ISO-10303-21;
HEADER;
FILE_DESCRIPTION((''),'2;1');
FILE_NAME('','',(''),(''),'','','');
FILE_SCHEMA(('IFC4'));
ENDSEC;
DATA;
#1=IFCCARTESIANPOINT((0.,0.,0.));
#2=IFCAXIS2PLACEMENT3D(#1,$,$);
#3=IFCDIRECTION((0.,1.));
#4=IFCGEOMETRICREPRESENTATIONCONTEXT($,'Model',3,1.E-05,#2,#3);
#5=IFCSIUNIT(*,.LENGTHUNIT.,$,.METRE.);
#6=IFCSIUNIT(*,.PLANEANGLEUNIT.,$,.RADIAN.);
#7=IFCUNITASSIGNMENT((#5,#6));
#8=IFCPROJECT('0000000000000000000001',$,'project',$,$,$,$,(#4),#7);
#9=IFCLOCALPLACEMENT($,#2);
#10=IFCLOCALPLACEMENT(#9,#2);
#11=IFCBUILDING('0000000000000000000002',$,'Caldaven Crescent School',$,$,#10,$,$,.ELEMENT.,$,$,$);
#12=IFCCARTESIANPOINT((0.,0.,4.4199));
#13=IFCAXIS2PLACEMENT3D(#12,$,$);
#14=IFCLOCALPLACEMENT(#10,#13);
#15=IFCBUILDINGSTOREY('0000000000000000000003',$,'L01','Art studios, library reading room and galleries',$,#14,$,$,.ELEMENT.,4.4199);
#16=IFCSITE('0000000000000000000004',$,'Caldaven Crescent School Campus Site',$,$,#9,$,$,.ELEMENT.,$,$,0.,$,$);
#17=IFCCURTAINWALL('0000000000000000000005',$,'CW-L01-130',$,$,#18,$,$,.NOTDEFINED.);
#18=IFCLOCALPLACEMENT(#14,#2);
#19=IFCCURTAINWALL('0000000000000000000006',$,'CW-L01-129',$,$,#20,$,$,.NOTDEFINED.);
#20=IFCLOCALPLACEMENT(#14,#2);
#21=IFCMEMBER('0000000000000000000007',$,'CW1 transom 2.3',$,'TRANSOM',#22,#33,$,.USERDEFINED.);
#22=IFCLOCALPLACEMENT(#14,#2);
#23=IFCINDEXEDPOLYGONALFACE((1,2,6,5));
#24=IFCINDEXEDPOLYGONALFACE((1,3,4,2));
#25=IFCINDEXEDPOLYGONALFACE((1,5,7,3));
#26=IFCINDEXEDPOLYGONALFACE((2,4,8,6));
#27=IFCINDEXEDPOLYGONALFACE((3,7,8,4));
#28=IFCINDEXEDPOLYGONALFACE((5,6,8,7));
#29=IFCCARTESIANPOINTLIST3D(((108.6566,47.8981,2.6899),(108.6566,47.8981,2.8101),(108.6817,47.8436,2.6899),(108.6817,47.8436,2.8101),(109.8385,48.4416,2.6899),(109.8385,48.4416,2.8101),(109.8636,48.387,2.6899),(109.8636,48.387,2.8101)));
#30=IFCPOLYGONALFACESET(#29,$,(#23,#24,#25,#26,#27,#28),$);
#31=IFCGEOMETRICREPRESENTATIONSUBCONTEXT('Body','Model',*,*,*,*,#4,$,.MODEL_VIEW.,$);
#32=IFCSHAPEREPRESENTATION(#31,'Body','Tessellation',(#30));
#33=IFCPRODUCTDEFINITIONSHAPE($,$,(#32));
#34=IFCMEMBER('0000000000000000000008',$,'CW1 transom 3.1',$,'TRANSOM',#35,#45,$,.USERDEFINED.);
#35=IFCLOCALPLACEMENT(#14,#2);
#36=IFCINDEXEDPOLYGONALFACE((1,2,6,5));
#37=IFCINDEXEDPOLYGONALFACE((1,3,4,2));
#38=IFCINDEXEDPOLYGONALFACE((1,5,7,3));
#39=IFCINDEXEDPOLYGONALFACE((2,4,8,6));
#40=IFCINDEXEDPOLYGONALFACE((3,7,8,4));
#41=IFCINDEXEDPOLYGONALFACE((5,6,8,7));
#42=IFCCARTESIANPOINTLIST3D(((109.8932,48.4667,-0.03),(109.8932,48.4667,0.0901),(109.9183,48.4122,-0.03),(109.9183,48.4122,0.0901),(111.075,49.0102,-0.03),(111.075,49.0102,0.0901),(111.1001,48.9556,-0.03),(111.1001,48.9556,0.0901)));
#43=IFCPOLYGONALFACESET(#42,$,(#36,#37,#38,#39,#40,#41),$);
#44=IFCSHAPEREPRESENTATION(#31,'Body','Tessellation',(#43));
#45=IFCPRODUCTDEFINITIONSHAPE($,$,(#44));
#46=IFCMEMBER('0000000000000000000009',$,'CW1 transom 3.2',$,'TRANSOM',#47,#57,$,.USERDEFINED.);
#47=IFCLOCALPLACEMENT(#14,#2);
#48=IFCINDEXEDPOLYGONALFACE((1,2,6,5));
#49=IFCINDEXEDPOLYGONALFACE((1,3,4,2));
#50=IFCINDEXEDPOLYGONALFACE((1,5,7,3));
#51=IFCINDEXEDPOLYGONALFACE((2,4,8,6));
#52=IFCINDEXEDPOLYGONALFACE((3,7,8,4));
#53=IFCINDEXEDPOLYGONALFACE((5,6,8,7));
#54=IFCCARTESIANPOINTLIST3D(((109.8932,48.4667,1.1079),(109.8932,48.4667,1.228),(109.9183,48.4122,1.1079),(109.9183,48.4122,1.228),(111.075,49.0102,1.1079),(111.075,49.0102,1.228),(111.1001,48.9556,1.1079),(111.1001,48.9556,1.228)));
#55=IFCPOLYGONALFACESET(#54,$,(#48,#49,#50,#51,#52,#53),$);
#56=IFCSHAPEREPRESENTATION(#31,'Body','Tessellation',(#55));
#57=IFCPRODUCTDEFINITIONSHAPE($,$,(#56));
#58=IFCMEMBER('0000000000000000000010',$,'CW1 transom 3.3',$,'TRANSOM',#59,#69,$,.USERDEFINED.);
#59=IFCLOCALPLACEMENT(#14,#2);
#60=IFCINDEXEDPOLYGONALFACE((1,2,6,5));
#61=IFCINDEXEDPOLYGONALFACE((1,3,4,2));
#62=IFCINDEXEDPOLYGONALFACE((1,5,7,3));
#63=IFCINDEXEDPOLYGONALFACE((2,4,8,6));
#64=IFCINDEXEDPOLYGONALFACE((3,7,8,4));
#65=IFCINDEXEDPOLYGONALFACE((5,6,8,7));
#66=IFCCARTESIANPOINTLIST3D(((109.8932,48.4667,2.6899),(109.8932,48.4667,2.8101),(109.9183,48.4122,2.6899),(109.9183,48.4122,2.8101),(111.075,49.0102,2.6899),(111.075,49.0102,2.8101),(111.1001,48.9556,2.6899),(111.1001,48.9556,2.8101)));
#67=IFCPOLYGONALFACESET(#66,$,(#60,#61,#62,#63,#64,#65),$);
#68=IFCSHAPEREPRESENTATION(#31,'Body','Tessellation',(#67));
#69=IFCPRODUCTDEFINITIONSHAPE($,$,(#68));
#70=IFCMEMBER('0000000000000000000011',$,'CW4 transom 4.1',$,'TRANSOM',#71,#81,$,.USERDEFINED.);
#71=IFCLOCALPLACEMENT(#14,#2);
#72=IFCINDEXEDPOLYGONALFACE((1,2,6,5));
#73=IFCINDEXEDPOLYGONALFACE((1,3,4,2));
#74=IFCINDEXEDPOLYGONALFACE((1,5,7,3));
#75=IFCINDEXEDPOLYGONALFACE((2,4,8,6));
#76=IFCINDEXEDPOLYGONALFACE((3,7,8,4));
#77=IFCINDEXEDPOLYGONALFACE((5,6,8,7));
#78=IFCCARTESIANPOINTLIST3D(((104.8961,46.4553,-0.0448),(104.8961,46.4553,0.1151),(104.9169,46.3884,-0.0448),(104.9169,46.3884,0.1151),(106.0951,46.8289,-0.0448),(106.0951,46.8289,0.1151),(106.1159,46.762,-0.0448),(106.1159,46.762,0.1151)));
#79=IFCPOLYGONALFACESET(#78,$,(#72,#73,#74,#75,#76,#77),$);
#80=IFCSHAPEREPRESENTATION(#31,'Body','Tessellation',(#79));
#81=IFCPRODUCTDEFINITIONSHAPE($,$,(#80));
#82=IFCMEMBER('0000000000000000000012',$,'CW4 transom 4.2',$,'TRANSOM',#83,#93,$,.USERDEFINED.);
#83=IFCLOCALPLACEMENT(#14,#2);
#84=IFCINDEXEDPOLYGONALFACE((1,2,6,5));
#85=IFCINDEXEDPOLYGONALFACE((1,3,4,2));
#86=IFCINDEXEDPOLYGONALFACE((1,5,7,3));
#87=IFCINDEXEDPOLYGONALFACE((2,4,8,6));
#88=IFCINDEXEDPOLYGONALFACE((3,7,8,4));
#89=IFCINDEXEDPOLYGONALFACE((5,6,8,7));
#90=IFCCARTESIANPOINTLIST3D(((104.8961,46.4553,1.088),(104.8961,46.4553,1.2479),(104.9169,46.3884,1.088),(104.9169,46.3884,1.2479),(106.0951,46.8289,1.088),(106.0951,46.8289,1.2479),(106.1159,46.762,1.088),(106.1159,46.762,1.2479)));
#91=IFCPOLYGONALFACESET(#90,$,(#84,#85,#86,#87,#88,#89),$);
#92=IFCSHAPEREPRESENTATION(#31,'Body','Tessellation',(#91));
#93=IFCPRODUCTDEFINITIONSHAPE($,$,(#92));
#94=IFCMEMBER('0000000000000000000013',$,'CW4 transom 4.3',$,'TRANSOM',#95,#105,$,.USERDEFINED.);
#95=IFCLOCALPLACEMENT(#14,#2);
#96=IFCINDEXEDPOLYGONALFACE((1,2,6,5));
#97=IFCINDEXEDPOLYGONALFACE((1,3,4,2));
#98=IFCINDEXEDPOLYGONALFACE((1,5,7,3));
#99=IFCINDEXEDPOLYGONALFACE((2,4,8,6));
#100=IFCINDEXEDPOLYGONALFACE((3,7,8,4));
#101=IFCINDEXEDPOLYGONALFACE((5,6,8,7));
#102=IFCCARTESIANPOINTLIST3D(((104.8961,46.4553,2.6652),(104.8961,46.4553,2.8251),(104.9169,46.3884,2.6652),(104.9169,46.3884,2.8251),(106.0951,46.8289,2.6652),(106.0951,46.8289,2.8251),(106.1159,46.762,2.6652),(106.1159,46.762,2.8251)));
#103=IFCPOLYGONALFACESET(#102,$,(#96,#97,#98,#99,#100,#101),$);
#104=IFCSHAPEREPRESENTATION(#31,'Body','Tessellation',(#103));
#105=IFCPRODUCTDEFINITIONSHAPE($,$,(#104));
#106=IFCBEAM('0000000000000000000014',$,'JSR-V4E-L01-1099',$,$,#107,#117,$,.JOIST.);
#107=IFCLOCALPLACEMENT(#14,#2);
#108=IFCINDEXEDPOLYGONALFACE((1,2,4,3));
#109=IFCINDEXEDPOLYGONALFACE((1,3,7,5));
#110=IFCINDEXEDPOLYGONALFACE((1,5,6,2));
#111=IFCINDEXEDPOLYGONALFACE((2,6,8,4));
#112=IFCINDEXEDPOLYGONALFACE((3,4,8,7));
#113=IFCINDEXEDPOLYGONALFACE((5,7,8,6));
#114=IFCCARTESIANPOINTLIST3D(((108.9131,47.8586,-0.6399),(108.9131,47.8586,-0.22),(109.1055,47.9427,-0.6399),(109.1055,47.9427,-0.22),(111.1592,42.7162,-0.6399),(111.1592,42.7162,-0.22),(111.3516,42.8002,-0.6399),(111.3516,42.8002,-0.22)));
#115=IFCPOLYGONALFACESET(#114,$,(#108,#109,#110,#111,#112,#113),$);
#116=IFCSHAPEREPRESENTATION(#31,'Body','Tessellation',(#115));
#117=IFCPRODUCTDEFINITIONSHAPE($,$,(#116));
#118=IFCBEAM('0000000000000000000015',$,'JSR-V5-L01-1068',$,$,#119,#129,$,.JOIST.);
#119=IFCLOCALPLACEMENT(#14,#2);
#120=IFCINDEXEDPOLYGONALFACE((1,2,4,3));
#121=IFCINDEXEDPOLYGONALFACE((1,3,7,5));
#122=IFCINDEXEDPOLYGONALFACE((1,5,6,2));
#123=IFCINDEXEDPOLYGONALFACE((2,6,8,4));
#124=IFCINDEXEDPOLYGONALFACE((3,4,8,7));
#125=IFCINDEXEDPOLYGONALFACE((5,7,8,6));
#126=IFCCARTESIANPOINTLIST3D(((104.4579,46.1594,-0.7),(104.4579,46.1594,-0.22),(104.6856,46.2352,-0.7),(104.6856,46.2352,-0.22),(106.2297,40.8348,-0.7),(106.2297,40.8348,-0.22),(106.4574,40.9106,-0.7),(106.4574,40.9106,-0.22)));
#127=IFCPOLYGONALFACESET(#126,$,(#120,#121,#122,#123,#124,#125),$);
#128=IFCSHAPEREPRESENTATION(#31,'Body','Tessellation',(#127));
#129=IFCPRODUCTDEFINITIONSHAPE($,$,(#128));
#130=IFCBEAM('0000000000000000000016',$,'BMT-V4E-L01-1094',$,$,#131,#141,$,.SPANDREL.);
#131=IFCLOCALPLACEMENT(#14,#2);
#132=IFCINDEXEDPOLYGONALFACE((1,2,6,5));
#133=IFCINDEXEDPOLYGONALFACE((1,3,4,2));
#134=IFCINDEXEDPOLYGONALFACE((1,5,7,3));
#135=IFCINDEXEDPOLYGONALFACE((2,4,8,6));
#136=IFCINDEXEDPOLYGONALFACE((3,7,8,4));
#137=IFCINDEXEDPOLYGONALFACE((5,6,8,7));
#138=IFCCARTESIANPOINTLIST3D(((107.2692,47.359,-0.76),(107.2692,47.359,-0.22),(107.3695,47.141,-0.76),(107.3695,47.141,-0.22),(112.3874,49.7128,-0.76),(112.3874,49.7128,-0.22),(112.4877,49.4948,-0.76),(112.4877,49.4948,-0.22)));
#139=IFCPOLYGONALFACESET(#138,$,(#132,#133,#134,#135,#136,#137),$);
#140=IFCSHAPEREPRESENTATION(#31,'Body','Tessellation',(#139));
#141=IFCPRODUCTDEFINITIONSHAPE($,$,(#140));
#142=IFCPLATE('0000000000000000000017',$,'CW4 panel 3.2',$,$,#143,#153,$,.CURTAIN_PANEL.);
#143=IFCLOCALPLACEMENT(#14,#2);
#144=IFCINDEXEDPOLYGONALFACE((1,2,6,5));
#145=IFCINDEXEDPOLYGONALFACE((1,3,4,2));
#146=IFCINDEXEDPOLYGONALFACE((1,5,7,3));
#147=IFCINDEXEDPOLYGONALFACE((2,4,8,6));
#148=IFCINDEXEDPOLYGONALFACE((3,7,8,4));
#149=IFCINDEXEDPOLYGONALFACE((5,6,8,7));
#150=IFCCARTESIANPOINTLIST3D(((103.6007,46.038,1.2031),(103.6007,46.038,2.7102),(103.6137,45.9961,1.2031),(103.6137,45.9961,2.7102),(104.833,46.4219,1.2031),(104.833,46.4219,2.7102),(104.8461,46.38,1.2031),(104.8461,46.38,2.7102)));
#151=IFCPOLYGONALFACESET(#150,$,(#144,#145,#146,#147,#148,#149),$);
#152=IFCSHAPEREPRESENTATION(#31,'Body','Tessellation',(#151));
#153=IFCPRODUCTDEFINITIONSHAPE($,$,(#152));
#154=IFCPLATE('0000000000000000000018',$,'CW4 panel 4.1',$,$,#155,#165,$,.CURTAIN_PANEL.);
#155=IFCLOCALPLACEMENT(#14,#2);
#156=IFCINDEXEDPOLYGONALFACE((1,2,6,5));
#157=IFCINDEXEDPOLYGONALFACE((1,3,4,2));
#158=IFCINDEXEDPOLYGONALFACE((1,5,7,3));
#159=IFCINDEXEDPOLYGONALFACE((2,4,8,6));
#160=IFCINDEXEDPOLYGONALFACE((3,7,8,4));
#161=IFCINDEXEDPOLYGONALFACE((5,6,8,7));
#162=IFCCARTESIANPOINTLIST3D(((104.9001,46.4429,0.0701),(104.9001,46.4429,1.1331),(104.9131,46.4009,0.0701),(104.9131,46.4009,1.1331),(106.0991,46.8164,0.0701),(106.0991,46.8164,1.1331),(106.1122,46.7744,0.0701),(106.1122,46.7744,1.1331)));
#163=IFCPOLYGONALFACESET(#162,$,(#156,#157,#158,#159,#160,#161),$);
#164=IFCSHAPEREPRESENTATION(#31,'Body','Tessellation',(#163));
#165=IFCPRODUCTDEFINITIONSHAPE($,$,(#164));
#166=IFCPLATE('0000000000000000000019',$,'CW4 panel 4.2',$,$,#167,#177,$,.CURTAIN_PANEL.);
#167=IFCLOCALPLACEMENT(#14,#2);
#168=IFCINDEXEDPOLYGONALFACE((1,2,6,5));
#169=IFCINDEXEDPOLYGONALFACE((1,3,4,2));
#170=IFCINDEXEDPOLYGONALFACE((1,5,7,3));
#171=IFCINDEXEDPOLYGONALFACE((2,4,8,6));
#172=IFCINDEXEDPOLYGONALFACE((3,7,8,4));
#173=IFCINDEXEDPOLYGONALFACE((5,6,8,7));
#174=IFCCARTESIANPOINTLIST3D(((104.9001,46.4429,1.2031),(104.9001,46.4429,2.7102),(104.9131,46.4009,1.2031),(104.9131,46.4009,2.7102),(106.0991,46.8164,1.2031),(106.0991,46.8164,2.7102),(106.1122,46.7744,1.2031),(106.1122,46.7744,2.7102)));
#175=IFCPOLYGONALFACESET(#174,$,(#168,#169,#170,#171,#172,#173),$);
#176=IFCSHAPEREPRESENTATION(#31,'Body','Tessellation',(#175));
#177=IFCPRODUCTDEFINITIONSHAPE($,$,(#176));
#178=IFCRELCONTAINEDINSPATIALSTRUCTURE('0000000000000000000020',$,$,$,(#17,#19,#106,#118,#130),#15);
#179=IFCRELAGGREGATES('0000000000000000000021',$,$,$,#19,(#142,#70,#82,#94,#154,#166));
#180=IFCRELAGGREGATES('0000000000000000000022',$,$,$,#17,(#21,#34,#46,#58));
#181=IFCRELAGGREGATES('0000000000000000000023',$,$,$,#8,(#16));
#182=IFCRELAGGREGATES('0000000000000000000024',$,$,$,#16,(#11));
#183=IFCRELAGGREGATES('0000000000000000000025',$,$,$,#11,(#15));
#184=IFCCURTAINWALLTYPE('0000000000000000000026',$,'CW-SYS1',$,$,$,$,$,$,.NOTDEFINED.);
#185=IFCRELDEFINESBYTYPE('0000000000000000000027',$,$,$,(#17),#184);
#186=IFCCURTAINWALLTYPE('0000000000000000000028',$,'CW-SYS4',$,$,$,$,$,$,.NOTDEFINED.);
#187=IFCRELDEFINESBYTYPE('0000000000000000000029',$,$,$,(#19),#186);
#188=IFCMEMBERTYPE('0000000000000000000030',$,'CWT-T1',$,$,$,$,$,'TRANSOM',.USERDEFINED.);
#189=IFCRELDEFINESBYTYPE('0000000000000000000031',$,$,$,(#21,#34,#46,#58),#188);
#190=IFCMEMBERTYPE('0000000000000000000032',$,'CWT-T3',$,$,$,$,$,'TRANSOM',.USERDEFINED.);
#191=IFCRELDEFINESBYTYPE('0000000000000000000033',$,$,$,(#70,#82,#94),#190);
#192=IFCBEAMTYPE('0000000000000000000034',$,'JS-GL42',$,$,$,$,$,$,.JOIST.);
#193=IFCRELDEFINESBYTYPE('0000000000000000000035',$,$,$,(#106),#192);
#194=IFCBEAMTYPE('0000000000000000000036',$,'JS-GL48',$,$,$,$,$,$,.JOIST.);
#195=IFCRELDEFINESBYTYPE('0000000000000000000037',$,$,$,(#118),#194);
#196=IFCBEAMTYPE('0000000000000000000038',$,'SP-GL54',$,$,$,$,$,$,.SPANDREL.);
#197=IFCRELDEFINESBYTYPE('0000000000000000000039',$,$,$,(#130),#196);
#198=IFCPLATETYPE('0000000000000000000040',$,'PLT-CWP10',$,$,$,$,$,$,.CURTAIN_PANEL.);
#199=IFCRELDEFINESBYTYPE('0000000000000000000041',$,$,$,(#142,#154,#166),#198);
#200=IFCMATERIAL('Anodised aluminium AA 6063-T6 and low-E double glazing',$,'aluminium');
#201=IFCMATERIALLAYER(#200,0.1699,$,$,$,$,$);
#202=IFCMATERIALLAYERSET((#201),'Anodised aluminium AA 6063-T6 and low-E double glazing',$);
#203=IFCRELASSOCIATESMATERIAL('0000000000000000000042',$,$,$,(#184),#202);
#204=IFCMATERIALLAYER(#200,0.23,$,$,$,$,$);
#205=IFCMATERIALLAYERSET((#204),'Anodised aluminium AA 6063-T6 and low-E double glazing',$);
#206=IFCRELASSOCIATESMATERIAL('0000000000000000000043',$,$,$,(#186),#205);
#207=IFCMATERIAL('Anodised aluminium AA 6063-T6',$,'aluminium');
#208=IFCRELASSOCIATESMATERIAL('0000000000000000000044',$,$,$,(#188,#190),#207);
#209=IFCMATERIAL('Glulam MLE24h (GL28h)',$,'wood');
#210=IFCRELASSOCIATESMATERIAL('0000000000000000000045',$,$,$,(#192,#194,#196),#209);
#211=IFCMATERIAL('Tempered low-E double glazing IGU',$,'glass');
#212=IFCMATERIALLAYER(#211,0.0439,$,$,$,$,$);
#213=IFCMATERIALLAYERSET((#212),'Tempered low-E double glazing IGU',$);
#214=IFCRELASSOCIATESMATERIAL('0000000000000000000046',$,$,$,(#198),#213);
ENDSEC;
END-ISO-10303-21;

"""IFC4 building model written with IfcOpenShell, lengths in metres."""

from ifc_helpers import new_model, si_unit, direction, frame, origin, origin_2d, place, context, subcontext, project, spatial, rectangle, extrude, material, layer, layer_set, material_profile, profile_set, type_object, element, aggregate, save


model = new_model("IFC4")

# Units and contexts
model_context = context("Model", 3, precision=1e-05, world=origin(), true_north=direction((0.0, 1.0)))
body_context = subcontext(model_context, "Body", "Model", "MODEL_VIEW")
ifc_project = project(units=[si_unit("LENGTHUNIT", "METRE"), si_unit("PLANEANGLEUNIT", "RADIAN")], contexts=[model_context])

# Site, building, storey
site_placement = place(None, origin())
site = spatial("IfcSite", under=ifc_project, at=site_placement, Name="Caldaven Crescent School Campus Site", CompositionType="ELEMENT", RefElevation=0.0)
building_placement = place(site_placement, origin())
building = spatial("IfcBuilding", under=site, at=building_placement, Name="Caldaven Crescent School", CompositionType="ELEMENT")
storey_placement = place(building_placement, frame((0.0, 0.0, 4.4199)))
storey = spatial("IfcBuildingStorey", under=building, at=storey_placement, Name="L01", Description="Art studios, library reading room and galleries", CompositionType="ELEMENT", Elevation=4.4199)

# Shared definitions
ifc_material_1 = material(Name="Glulam MLE24h (GL28h)", Category="wood")

# Curtain walls
ifc_material_2 = material(Name="Anodised aluminium AA 6063-T6 and low-E double glazing", Category="aluminium")
ifc_layer_1 = layer(ifc_material_2, 0.1699)
ifc_layer_set_1 = layer_set([ifc_layer_1], Name="Anodised aluminium AA 6063-T6 and low-E double glazing")
curtain_wall_type_1 = type_object("IfcCurtainWallType", Name="CW-SYS1", PredefinedType="NOTDEFINED", material=ifc_layer_set_1)
curtain_wall_1_placement = place(storey_placement, origin())
curtain_wall_1 = element("IfcCurtainWall", 1, at=curtain_wall_1_placement, inside=storey, type_object=curtain_wall_type_1, Name="CW-L01-130", PredefinedType="NOTDEFINED")
ifc_material_3 = material(Name="Anodised aluminium AA 6063-T6", Category="aluminium")
ifc_layer_2 = layer(ifc_material_2, 0.23)
ifc_layer_set_2 = layer_set([ifc_layer_2], Name="Anodised aluminium AA 6063-T6 and low-E double glazing")
curtain_wall_type_2 = type_object("IfcCurtainWallType", Name="CW-SYS4", PredefinedType="NOTDEFINED", material=ifc_layer_set_2)
curtain_wall_2_placement = place(storey_placement, origin())
curtain_wall_2 = element("IfcCurtainWall", 2, at=curtain_wall_2_placement, inside=storey, type_object=curtain_wall_type_2, Name="CW-L01-129", PredefinedType="NOTDEFINED")

# Members
ifc_material_profile_1 = material_profile(ifc_material_3, rectangle(XDim=0.0601, YDim=0.1201, at=origin_2d()), Name="CWT 60x120")
ifc_profile_set_1 = profile_set([ifc_material_profile_1], Name="Anodised aluminium AA 6063-T6")
member_type_1 = type_object("IfcMemberType", Name="CWT-T1", ElementType="TRANSOM", PredefinedType="USERDEFINED", material=ifc_profile_set_1)
member_1_placement = place(storey_placement, frame((108.6692, 47.8708, 2.75), z_axis=(0.908552, 0.417772, 0.0), x_axis=(-0.417772, 0.908552, 0.0)))
member_1 = element("IfcMember", 3, at=member_1_placement, type_object=member_type_1, Name="CW1 transom 2.3", ObjectType="TRANSOM", PredefinedType="USERDEFINED", context=body_context, shape_type="SweptSolid", body=[
    extrude(rectangle(XDim=0.0601, YDim=0.1201, at=origin_2d()), origin(), (0.0, 0.0, 1.0), 1.3008),
])
member_2_placement = place(storey_placement, frame((109.9058, 48.4395, 0.03), z_axis=(0.908552, 0.417772, 0.0), x_axis=(-0.417772, 0.908552, 0.0)))
member_2 = element("IfcMember", 4, at=member_2_placement, type_object=member_type_1, Name="CW1 transom 3.1", ObjectType="TRANSOM", PredefinedType="USERDEFINED", context=body_context, shape_type="SweptSolid", body=[
    extrude(rectangle(XDim=0.0601, YDim=0.1201, at=origin_2d()), origin(), (0.0, 0.0, 1.0), 1.3008),
])
member_3_placement = place(storey_placement, frame((109.9058, 48.4395, 1.168), z_axis=(0.908552, 0.417772, 0.0), x_axis=(-0.417772, 0.908552, 0.0)))
member_3 = element("IfcMember", 5, at=member_3_placement, type_object=member_type_1, Name="CW1 transom 3.2", ObjectType="TRANSOM", PredefinedType="USERDEFINED", context=body_context, shape_type="SweptSolid", body=[
    extrude(rectangle(XDim=0.0601, YDim=0.1201, at=origin_2d()), origin(), (0.0, 0.0, 1.0), 1.3008),
])
member_4_placement = place(storey_placement, frame((109.9058, 48.4395, 2.75), z_axis=(0.908552, 0.417772, 0.0), x_axis=(-0.417772, 0.908552, 0.0)))
member_4 = element("IfcMember", 6, at=member_4_placement, type_object=member_type_1, Name="CW1 transom 3.3", ObjectType="TRANSOM", PredefinedType="USERDEFINED", context=body_context, shape_type="SweptSolid", body=[
    extrude(rectangle(XDim=0.0601, YDim=0.1201, at=origin_2d()), origin(), (0.0, 0.0, 1.0), 1.3008),
])
ifc_material_profile_2 = material_profile(ifc_material_3, rectangle(XDim=0.0701, YDim=0.1599, at=origin_2d()), Name="CWT 70x160")
ifc_profile_set_2 = profile_set([ifc_material_profile_2], Name="Anodised aluminium AA 6063-T6")
member_type_2 = type_object("IfcMemberType", Name="CWT-T3", ElementType="TRANSOM", PredefinedType="USERDEFINED", material=ifc_profile_set_2)
member_5_placement = place(storey_placement, frame((104.9065, 46.4219, 0.0352), z_axis=(0.954739, 0.297445, 0.0), x_axis=(-0.297445, 0.954739, 0.0)))
member_5 = element("IfcMember", 7, at=member_5_placement, type_object=member_type_2, Name="CW4 transom 4.1", ObjectType="TRANSOM", PredefinedType="USERDEFINED", context=body_context, shape_type="SweptSolid", body=[
    extrude(rectangle(XDim=0.0701, YDim=0.1599, at=origin_2d()), origin(), (0.0, 0.0, 1.0), 1.2559),
])
member_6_placement = place(storey_placement, frame((104.9065, 46.4219, 1.168), z_axis=(0.954739, 0.297445, 0.0), x_axis=(-0.297445, 0.954739, 0.0)))
member_6 = element("IfcMember", 8, at=member_6_placement, type_object=member_type_2, Name="CW4 transom 4.2", ObjectType="TRANSOM", PredefinedType="USERDEFINED", context=body_context, shape_type="SweptSolid", body=[
    extrude(rectangle(XDim=0.0701, YDim=0.1599, at=origin_2d()), origin(), (0.0, 0.0, 1.0), 1.2559),
])
member_7_placement = place(storey_placement, frame((104.9065, 46.4219, 2.7451), z_axis=(0.954739, 0.297445, 0.0), x_axis=(-0.297445, 0.954739, 0.0)))
member_7 = element("IfcMember", 9, at=member_7_placement, type_object=member_type_2, Name="CW4 transom 4.3", ObjectType="TRANSOM", PredefinedType="USERDEFINED", context=body_context, shape_type="SweptSolid", body=[
    extrude(rectangle(XDim=0.0701, YDim=0.1599, at=origin_2d()), origin(), (0.0, 0.0, 1.0), 1.2559),
])

# Beams
ifc_material_profile_3 = material_profile(ifc_material_1, rectangle(XDim=0.21, YDim=0.4199, at=origin_2d()), Name="MLE 210x420")
ifc_profile_set_3 = profile_set([ifc_material_profile_3], Name="Glulam MLE24h (GL28h)")
beam_type_1 = type_object("IfcBeamType", Name="JS-GL42", PredefinedType="JOIST", material=ifc_profile_set_3)
beam_1_placement = place(storey_placement, frame((109.0093, 47.9006, -0.4299), z_axis=(0.400269, -0.916398, 0.0), x_axis=(0.916398, 0.400269, 0.0)))
element("IfcBeam", 10, at=beam_1_placement, inside=storey, type_object=beam_type_1, Name="JSR-V4E-L01-1099", PredefinedType="JOIST", context=body_context, shape_type="SweptSolid", body=[
    extrude(rectangle(XDim=0.21, YDim=0.4199, at=origin_2d()), origin(), (0.0, 0.0, 1.0), 5.6116),
])
ifc_material_profile_4 = material_profile(ifc_material_1, rectangle(XDim=0.24, YDim=0.48, at=origin_2d()), Name="MLE 240x480")
ifc_profile_set_4 = profile_set([ifc_material_profile_4], Name="Glulam MLE24h (GL28h)")
beam_type_2 = type_object("IfcBeamType", Name="JS-GL48", PredefinedType="JOIST", material=ifc_profile_set_4)
beam_2_placement = place(storey_placement, frame((104.5718, 46.1973, -0.46), z_axis=(0.315732, -0.948848, 0.0), x_axis=(0.948848, 0.315732, 0.0)))
element("IfcBeam", 11, at=beam_2_placement, inside=storey, type_object=beam_type_2, Name="JSR-V5-L01-1068", PredefinedType="JOIST", context=body_context, shape_type="SweptSolid", body=[
    extrude(rectangle(XDim=0.24, YDim=0.48, at=origin_2d()), origin(), (0.0, 0.0, 1.0), 5.6116),
])
ifc_material_profile_5 = material_profile(ifc_material_1, rectangle(XDim=0.24, YDim=0.54, at=origin_2d()), Name="MLE 240x540")
ifc_profile_set_5 = profile_set([ifc_material_profile_5], Name="Glulam MLE24h (GL28h)")
beam_type_3 = type_object("IfcBeamType", Name="SP-GL54", PredefinedType="SPANDREL", material=ifc_profile_set_5)
beam_3_placement = place(storey_placement, frame((107.3193, 47.25, -0.49), z_axis=(0.908531, 0.417818, 0.0), x_axis=(-0.417818, 0.908531, 0.0)))
element("IfcBeam", 12, at=beam_3_placement, inside=storey, type_object=beam_type_3, Name="BMT-V4E-L01-1094", PredefinedType="SPANDREL", context=body_context, shape_type="SweptSolid", body=[
    extrude(rectangle(XDim=0.24, YDim=0.54, at=origin_2d()), origin(), (0.0, 0.0, 1.0), 5.6335),
])

# Plates
ifc_material_4 = material(Name="Tempered low-E double glazing IGU", Category="glass")
ifc_layer_3 = layer(ifc_material_4, 0.0439)
ifc_layer_set_3 = layer_set([ifc_layer_3], Name="Tempered low-E double glazing IGU")
plate_type_1 = type_object("IfcPlateType", Name="PLT-CWP10", PredefinedType="CURTAIN_PANEL", material=ifc_layer_set_3)
plate_1_placement = place(storey_placement, frame((104.2234, 46.209, 1.2031), z_axis=(0.0, 0.0, 1.0), x_axis=(0.954747, 0.29742, 0.0)))
plate_1 = element("IfcPlate", 13, at=plate_1_placement, type_object=plate_type_1, Name="CW4 panel 3.2", PredefinedType="CURTAIN_PANEL", context=body_context, shape_type="SweptSolid", body=[
    extrude(rectangle(XDim=1.2908, YDim=0.0439, at=origin_2d()), origin(), (0.0, 0.0, 1.0), 1.5071),
])
plate_2_placement = place(storey_placement, frame((105.5061, 46.6086, 0.0701), z_axis=(0.0, 0.0, 1.0), x_axis=(0.954747, 0.29742, 0.0)))
plate_2 = element("IfcPlate", 14, at=plate_2_placement, type_object=plate_type_1, Name="CW4 panel 4.1", PredefinedType="CURTAIN_PANEL", context=body_context, shape_type="SweptSolid", body=[
    extrude(rectangle(XDim=1.2559, YDim=0.0439, at=origin_2d()), origin(), (0.0, 0.0, 1.0), 1.063),
])
plate_3_placement = place(storey_placement, frame((105.5061, 46.6086, 1.2031), z_axis=(0.0, 0.0, 1.0), x_axis=(0.954747, 0.29742, 0.0)))
plate_3 = element("IfcPlate", 15, at=plate_3_placement, type_object=plate_type_1, Name="CW4 panel 4.2", PredefinedType="CURTAIN_PANEL", context=body_context, shape_type="SweptSolid", body=[
    extrude(rectangle(XDim=1.2559, YDim=0.0439, at=origin_2d()), origin(), (0.0, 0.0, 1.0), 1.5071),
])
aggregate(curtain_wall_2, [plate_1, member_5, member_6, member_7, plate_2, plate_3])
aggregate(curtain_wall_1, [member_1, member_2, member_3, member_4])

save(model, "model.ifc")
